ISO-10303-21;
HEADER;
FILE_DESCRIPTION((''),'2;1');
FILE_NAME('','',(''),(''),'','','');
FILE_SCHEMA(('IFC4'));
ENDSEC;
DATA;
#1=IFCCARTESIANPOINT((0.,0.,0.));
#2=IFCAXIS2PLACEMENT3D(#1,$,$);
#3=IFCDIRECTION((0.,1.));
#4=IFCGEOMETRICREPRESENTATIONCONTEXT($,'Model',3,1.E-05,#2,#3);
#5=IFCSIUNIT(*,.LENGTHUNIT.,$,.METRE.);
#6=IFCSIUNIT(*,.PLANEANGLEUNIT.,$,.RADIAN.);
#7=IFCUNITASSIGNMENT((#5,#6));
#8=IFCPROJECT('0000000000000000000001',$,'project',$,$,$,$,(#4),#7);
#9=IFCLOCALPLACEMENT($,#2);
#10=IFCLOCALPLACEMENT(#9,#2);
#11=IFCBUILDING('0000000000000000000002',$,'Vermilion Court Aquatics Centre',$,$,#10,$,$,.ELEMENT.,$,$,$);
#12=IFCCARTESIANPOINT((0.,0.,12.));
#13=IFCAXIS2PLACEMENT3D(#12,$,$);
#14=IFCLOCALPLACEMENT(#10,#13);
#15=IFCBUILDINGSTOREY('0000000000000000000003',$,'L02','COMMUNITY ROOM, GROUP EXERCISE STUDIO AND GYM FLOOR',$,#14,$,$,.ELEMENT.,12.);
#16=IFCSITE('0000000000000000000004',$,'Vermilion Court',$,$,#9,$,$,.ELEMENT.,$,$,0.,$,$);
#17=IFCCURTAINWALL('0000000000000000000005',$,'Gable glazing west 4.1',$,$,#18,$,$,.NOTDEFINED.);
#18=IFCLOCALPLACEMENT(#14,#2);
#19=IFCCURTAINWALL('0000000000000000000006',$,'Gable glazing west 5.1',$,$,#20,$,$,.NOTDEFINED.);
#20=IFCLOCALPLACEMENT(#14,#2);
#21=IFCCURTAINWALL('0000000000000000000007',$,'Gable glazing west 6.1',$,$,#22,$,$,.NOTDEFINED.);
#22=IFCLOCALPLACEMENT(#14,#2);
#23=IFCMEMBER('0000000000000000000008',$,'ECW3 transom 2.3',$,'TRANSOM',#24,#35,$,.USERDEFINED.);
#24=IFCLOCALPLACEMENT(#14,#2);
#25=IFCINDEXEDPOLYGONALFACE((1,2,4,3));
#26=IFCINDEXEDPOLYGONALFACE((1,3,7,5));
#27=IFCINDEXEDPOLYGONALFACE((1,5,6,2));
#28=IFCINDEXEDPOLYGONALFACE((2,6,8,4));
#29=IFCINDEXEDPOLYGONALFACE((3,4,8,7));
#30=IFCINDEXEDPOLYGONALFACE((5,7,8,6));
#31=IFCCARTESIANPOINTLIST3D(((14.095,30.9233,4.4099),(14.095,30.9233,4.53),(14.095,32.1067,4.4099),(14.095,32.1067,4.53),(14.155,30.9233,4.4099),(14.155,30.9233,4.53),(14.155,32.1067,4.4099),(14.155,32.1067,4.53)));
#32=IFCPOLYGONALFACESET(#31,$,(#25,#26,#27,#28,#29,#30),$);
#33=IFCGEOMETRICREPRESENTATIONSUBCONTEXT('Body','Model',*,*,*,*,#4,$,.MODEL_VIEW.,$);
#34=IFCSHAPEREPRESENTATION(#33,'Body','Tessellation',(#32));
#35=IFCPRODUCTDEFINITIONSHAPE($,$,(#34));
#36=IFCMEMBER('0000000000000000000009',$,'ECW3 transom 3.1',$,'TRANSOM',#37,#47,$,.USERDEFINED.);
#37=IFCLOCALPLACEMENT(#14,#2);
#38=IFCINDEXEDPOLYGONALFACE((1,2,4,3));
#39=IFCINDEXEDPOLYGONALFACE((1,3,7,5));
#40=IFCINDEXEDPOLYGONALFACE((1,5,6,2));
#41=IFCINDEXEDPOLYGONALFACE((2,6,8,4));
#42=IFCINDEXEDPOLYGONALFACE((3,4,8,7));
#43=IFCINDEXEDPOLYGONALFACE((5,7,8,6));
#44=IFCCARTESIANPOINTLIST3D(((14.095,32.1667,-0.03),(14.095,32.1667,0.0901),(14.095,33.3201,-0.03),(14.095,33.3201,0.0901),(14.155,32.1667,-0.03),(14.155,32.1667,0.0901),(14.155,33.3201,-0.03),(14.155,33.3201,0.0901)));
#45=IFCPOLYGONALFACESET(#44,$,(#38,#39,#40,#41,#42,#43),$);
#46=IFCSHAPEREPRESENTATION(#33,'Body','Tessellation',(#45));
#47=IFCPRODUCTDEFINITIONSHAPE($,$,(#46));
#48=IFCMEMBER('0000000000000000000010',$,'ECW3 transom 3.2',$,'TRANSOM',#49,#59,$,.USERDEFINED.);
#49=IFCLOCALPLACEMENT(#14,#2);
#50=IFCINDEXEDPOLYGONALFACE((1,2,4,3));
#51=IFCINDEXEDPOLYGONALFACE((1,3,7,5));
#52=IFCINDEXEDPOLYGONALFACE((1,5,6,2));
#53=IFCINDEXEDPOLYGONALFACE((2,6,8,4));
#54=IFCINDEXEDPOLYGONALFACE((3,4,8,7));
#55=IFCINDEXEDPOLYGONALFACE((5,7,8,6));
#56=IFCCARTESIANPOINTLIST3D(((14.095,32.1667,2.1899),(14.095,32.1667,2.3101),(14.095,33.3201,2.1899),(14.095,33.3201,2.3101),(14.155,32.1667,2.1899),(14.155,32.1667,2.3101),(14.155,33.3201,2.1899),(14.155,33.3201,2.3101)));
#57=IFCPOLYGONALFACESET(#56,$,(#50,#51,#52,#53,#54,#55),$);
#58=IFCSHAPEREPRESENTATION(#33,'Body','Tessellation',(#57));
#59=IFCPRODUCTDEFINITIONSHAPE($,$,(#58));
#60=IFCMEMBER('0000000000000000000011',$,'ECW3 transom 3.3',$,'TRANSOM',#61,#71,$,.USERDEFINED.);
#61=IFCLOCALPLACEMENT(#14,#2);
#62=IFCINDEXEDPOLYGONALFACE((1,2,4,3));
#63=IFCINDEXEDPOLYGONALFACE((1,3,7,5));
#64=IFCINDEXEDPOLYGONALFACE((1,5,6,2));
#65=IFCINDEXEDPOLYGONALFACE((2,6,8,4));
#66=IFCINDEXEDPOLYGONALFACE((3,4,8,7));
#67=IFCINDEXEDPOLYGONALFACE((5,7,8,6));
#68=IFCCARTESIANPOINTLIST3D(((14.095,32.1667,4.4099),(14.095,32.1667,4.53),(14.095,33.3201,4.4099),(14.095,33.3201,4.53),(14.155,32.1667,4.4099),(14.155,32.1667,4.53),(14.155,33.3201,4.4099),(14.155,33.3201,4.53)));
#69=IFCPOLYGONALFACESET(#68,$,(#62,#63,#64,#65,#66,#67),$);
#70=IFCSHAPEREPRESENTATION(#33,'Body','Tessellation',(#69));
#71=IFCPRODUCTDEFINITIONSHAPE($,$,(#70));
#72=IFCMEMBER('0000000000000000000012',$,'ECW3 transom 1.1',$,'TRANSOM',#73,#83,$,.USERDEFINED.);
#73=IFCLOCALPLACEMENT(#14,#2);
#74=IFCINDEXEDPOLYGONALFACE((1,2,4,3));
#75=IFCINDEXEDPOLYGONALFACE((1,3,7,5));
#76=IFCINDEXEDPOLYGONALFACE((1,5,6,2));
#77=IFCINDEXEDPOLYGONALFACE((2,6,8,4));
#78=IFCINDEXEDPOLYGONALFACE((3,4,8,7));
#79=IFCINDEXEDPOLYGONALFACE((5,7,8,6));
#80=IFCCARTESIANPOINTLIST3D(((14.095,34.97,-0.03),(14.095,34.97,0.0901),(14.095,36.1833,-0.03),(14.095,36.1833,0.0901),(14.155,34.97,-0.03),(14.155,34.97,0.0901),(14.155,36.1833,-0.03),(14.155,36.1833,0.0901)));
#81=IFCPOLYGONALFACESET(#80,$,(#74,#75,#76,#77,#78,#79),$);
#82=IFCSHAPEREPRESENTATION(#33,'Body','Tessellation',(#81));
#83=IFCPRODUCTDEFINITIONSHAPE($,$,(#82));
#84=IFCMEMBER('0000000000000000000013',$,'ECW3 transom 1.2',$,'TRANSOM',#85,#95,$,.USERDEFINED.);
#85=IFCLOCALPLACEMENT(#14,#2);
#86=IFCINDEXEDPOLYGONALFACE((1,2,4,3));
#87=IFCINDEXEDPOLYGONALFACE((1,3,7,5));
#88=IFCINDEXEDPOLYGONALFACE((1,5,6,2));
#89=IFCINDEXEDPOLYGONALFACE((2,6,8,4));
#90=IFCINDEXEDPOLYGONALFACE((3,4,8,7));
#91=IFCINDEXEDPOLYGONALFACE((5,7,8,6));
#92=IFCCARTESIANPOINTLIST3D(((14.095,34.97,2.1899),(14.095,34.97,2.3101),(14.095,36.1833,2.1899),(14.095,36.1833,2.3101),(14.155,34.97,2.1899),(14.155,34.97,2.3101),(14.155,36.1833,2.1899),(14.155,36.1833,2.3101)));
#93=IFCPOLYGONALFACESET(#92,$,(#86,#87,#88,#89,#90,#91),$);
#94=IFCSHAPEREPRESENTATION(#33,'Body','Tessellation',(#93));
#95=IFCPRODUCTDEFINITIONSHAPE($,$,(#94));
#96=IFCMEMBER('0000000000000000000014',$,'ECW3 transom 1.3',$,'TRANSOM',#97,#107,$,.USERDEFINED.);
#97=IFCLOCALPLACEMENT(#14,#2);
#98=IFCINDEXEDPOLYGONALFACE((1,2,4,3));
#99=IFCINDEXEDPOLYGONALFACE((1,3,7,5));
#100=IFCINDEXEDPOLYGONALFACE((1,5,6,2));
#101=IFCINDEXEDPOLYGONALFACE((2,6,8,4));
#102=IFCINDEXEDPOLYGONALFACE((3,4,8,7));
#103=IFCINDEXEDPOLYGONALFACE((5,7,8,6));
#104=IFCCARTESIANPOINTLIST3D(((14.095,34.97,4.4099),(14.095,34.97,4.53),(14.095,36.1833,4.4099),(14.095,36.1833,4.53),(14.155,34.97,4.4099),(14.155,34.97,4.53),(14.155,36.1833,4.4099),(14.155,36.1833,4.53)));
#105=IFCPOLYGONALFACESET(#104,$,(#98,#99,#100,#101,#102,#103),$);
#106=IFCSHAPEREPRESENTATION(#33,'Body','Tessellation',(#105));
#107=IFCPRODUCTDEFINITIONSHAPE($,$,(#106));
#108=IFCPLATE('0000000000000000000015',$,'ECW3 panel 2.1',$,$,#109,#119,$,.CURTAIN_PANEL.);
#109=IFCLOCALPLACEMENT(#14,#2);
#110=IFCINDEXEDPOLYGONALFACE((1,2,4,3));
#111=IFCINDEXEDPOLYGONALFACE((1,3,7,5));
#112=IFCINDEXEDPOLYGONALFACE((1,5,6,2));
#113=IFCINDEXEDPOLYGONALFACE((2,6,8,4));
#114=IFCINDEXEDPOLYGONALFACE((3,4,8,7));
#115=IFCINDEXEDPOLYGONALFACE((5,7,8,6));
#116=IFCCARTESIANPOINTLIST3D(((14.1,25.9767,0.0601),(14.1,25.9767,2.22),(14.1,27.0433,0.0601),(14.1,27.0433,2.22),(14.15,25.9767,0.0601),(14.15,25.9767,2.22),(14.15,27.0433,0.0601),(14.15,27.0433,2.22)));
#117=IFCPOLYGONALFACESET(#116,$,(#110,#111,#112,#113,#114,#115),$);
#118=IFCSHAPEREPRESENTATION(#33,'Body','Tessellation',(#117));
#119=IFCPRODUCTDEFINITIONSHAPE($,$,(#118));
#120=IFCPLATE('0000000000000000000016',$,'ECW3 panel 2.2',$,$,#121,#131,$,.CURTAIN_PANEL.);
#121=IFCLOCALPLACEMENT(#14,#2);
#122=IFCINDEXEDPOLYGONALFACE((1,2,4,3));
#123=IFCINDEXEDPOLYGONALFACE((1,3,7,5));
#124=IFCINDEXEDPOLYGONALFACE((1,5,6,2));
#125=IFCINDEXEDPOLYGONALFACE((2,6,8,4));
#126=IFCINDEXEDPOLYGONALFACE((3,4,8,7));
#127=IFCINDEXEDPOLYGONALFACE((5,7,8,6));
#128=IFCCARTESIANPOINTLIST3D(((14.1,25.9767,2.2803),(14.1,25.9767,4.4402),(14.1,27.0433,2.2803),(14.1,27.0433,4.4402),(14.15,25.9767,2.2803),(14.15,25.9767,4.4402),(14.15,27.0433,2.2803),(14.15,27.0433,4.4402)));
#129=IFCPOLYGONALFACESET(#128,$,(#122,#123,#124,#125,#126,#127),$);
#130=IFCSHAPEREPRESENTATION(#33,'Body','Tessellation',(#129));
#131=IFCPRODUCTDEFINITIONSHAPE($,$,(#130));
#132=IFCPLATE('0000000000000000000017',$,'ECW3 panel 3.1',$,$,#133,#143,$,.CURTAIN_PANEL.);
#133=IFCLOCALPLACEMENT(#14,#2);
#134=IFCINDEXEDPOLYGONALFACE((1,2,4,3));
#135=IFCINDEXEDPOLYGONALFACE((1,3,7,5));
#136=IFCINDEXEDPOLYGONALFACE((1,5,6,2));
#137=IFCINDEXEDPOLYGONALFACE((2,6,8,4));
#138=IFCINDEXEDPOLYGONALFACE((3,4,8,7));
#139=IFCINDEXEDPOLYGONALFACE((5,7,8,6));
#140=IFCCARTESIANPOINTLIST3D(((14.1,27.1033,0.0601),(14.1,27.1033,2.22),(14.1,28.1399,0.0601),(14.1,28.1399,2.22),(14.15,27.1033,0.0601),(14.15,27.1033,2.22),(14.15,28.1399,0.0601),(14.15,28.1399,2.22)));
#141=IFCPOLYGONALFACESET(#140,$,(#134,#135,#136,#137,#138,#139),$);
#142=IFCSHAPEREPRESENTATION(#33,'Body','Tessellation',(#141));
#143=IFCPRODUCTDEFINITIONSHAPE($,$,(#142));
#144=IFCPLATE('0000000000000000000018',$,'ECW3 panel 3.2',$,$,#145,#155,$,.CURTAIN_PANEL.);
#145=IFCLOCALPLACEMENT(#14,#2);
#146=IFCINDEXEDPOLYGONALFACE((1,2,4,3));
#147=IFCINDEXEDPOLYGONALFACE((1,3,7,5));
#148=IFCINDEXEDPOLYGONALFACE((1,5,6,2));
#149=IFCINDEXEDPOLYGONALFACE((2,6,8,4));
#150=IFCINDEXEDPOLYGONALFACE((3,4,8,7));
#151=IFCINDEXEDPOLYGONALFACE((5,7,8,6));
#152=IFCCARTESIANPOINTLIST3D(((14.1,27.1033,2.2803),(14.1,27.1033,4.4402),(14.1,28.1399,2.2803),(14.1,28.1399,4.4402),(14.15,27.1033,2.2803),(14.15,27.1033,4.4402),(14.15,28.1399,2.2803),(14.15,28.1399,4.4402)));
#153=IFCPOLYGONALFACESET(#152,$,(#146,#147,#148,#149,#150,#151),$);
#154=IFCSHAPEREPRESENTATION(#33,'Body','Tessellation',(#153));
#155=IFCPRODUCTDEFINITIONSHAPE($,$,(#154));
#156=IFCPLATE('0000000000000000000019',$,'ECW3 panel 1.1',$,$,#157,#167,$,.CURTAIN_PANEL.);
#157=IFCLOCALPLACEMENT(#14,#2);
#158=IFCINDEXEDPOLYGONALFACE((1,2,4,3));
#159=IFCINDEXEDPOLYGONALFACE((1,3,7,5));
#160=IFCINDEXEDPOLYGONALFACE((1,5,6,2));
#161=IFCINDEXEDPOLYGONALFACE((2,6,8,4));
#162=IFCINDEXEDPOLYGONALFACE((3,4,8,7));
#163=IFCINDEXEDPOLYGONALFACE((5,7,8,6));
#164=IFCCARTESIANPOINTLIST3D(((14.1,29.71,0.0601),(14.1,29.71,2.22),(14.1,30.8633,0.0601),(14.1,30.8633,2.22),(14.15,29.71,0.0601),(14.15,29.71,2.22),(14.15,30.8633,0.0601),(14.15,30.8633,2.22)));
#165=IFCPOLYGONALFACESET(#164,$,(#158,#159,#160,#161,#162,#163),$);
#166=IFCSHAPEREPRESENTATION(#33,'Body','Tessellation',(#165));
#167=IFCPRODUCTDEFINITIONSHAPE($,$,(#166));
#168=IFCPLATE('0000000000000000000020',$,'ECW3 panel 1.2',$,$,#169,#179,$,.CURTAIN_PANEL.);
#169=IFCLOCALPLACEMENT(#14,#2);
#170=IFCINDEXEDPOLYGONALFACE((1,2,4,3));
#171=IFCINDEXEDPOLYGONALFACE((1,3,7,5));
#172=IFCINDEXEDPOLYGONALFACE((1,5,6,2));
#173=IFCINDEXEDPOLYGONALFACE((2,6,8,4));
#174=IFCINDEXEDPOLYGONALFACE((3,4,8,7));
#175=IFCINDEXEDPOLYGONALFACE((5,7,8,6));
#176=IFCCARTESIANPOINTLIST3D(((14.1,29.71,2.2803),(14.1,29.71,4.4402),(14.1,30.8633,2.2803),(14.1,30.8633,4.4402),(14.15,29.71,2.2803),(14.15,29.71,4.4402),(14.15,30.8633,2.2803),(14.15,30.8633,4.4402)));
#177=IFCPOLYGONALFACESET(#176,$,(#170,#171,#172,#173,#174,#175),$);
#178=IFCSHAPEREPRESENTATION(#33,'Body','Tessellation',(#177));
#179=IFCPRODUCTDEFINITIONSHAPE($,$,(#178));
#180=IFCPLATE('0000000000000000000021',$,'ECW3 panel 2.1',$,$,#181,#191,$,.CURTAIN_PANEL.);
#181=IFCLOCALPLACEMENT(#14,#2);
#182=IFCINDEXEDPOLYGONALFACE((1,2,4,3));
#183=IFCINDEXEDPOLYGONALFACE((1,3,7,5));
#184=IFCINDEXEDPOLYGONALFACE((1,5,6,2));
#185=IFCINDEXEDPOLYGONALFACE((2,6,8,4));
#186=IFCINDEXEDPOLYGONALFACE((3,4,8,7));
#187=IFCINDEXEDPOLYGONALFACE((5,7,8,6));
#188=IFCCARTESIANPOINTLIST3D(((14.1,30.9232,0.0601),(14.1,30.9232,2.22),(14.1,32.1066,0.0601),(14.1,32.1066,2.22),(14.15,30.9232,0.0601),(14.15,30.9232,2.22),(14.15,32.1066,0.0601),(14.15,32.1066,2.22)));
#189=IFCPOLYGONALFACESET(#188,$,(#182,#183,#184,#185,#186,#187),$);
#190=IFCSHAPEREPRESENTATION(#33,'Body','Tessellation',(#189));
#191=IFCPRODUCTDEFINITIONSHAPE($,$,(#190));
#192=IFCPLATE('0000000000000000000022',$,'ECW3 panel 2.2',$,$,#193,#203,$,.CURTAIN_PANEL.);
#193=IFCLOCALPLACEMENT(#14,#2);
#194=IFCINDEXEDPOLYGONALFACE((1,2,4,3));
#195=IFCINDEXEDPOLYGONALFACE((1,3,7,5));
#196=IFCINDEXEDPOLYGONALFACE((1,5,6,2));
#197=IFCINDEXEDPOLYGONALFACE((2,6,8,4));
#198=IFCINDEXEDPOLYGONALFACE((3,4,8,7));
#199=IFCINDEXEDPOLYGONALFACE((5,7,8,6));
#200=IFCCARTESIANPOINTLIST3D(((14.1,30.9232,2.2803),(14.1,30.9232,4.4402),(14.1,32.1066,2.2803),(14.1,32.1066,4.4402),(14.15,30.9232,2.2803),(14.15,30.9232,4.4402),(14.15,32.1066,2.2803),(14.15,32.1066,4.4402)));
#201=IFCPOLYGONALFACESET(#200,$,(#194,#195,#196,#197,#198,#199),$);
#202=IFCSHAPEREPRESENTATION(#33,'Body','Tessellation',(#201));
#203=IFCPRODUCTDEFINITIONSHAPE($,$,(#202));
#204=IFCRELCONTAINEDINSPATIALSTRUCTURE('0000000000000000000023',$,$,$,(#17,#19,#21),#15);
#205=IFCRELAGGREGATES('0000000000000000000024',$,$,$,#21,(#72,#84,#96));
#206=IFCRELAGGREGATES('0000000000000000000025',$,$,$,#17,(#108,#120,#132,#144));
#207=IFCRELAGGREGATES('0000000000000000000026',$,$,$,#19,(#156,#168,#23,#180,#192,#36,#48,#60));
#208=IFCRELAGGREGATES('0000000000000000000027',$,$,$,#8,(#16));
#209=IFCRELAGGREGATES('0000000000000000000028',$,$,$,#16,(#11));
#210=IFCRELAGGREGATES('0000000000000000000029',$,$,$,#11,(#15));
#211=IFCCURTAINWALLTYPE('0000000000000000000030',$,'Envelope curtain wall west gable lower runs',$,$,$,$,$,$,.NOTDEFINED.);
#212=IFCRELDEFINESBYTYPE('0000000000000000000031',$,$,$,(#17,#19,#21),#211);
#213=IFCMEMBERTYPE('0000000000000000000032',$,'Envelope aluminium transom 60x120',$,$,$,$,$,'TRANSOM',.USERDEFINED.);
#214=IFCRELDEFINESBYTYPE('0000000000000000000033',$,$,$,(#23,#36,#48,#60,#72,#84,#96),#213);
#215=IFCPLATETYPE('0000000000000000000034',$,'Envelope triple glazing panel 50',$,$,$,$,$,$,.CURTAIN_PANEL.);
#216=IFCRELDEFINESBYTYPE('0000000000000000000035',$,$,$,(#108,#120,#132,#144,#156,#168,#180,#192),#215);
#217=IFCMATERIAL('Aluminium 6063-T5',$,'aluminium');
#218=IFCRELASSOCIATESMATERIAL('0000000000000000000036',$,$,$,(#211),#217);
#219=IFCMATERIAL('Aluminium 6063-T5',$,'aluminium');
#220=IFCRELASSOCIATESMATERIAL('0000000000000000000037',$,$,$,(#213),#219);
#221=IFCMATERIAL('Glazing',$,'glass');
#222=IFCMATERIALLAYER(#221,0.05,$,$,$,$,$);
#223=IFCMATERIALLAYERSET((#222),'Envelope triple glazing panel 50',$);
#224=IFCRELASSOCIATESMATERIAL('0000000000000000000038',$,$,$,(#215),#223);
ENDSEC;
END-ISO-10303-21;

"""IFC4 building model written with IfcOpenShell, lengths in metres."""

from ifc_helpers import new_model, si_unit, direction, frame, origin, origin_2d, place, context, subcontext, project, spatial, rectangle, extrude, material, layer, layer_set, material_profile, profile_set, type_object, element, aggregate, save


model = new_model("IFC4")

# Units and contexts
model_context = context("Model", 3, precision=1e-05, world=origin(), true_north=direction((0.0, 1.0)))
body_context = subcontext(model_context, "Body", "Model", "MODEL_VIEW")
ifc_project = project(units=[si_unit("LENGTHUNIT", "METRE"), si_unit("PLANEANGLEUNIT", "RADIAN")], contexts=[model_context])

# Site, building, storey
site_placement = place(None, origin())
site = spatial("IfcSite", under=ifc_project, at=site_placement, Name="Vermilion Court", CompositionType="ELEMENT", RefElevation=0.0)
building_placement = place(site_placement, origin())
building = spatial("IfcBuilding", under=site, at=building_placement, Name="Vermilion Court Aquatics Centre", CompositionType="ELEMENT")
storey_placement = place(building_placement, frame((0.0, 0.0, 12.0)))
storey = spatial("IfcBuildingStorey", under=building, at=storey_placement, Name="L02", Description="COMMUNITY ROOM, GROUP EXERCISE STUDIO AND GYM FLOOR", CompositionType="ELEMENT", Elevation=12.0)

# Curtain walls
ifc_material_1 = material(Name="Aluminium 6063-T5", Category="aluminium")
curtain_wall_type = type_object("IfcCurtainWallType", Name="Envelope curtain wall west gable lower runs", PredefinedType="NOTDEFINED", material=ifc_material_1)
curtain_wall_1_placement = place(storey_placement, origin())
curtain_wall_1 = element("IfcCurtainWall", 1, at=curtain_wall_1_placement, inside=storey, type_object=curtain_wall_type, Name="Gable glazing west 4.1", PredefinedType="NOTDEFINED")
curtain_wall_2_placement = place(storey_placement, origin())
curtain_wall_2 = element("IfcCurtainWall", 2, at=curtain_wall_2_placement, inside=storey, type_object=curtain_wall_type, Name="Gable glazing west 5.1", PredefinedType="NOTDEFINED")

# Curtain wall
curtain_wall_3_placement = place(storey_placement, origin())
curtain_wall_3 = element("IfcCurtainWall", 3, at=curtain_wall_3_placement, inside=storey, type_object=curtain_wall_type, Name="Gable glazing west 6.1", PredefinedType="NOTDEFINED")

# Members
ifc_material_2 = material(Name="Aluminium 6063-T5", Category="aluminium")
ifc_material_profile_1 = material_profile(ifc_material_2, rectangle(XDim=0.0601, YDim=0.1201, at=origin_2d()), Name="AL 60x120")
ifc_profile_set_1 = profile_set([ifc_material_profile_1], Name="Aluminium 6063-T5")
member_type_1 = type_object("IfcMemberType", Name="Envelope aluminium transom 60x120", ElementType="TRANSOM", PredefinedType="USERDEFINED", material=ifc_profile_set_1)
member_1_placement = place(storey_placement, frame((14.125, 30.9233, 4.47), z_axis=(0.0, 1.0, 0.0), x_axis=(-1.0, 0.0, 0.0)))
member_1 = element("IfcMember", 4, at=member_1_placement, type_object=member_type_1, Name="ECW3 transom 2.3", ObjectType="TRANSOM", PredefinedType="USERDEFINED", context=body_context, shape_type="SweptSolid", body=[
    extrude(rectangle(XDim=0.0601, YDim=0.1201, at=origin_2d()), origin(), (0.0, 0.0, 1.0), 1.1833),
])
member_2_placement = place(storey_placement, frame((14.125, 32.1667, 0.03), z_axis=(0.0, 1.0, 0.0), x_axis=(-1.0, 0.0, 0.0)))
member_2 = element("IfcMember", 5, at=member_2_placement, type_object=member_type_1, Name="ECW3 transom 3.1", ObjectType="TRANSOM", PredefinedType="USERDEFINED", context=body_context, shape_type="SweptSolid", body=[
    extrude(rectangle(XDim=0.0601, YDim=0.1201, at=origin_2d()), origin(), (0.0, 0.0, 1.0), 1.1533),
])
member_3_placement = place(storey_placement, frame((14.125, 32.1667, 2.25), z_axis=(0.0, 1.0, 0.0), x_axis=(-1.0, 0.0, 0.0)))
member_3 = element("IfcMember", 6, at=member_3_placement, type_object=member_type_1, Name="ECW3 transom 3.2", ObjectType="TRANSOM", PredefinedType="USERDEFINED", context=body_context, shape_type="SweptSolid", body=[
    extrude(rectangle(XDim=0.0601, YDim=0.1201, at=origin_2d()), origin(), (0.0, 0.0, 1.0), 1.1533),
])
member_4_placement = place(storey_placement, frame((14.125, 32.1667, 4.47), z_axis=(0.0, 1.0, 0.0), x_axis=(-1.0, 0.0, 0.0)))
member_4 = element("IfcMember", 7, at=member_4_placement, type_object=member_type_1, Name="ECW3 transom 3.3", ObjectType="TRANSOM", PredefinedType="USERDEFINED", context=body_context, shape_type="SweptSolid", body=[
    extrude(rectangle(XDim=0.0601, YDim=0.1201, at=origin_2d()), origin(), (0.0, 0.0, 1.0), 1.1533),
])
member_5_placement = place(storey_placement, frame((14.125, 34.97, 0.03), z_axis=(0.0, 1.0, 0.0), x_axis=(-1.0, 0.0, 0.0)))
member_5 = element("IfcMember", 8, at=member_5_placement, type_object=member_type_1, Name="ECW3 transom 1.1", ObjectType="TRANSOM", PredefinedType="USERDEFINED", context=body_context, shape_type="SweptSolid", body=[
    extrude(rectangle(XDim=0.0601, YDim=0.1201, at=origin_2d()), origin(), (0.0, 0.0, 1.0), 1.2134),
])
member_6_placement = place(storey_placement, frame((14.125, 34.97, 2.25), z_axis=(0.0, 1.0, 0.0), x_axis=(-1.0, 0.0, 0.0)))
member_6 = element("IfcMember", 9, at=member_6_placement, type_object=member_type_1, Name="ECW3 transom 1.2", ObjectType="TRANSOM", PredefinedType="USERDEFINED", context=body_context, shape_type="SweptSolid", body=[
    extrude(rectangle(XDim=0.0601, YDim=0.1201, at=origin_2d()), origin(), (0.0, 0.0, 1.0), 1.2134),
])
member_7_placement = place(storey_placement, frame((14.125, 34.97, 4.47), z_axis=(0.0, 1.0, 0.0), x_axis=(-1.0, 0.0, 0.0)))
member_7 = element("IfcMember", 10, at=member_7_placement, type_object=member_type_1, Name="ECW3 transom 1.3", ObjectType="TRANSOM", PredefinedType="USERDEFINED", context=body_context, shape_type="SweptSolid", body=[
    extrude(rectangle(XDim=0.0601, YDim=0.1201, at=origin_2d()), origin(), (0.0, 0.0, 1.0), 1.2134),
])
aggregate(curtain_wall_3, [member_5, member_6, member_7])

# Plates
ifc_material_3 = material(Name="Glazing", Category="glass")
ifc_layer_1 = layer(ifc_material_3, 0.05)
ifc_layer_set_1 = layer_set([ifc_layer_1], Name="Envelope triple glazing panel 50")
plate_type = type_object("IfcPlateType", Name="Envelope triple glazing panel 50", PredefinedType="CURTAIN_PANEL", material=ifc_layer_set_1)
plate_1_placement = place(storey_placement, frame((14.125, 26.51, 0.0601), z_axis=(0.0, 0.0, 1.0), x_axis=(0.0, 1.0, 0.0)))
plate_1 = element("IfcPlate", 11, at=plate_1_placement, type_object=plate_type, Name="ECW3 panel 2.1", PredefinedType="CURTAIN_PANEL", context=body_context, shape_type="SweptSolid", body=[
    extrude(rectangle(XDim=1.0667, YDim=0.05, at=origin_2d()), origin(), (0.0, 0.0, 1.0), 2.1599),
])
plate_2_placement = place(storey_placement, frame((14.125, 26.51, 2.2803), z_axis=(0.0, 0.0, 1.0), x_axis=(0.0, 1.0, 0.0)))
plate_2 = element("IfcPlate", 12, at=plate_2_placement, type_object=plate_type, Name="ECW3 panel 2.2", PredefinedType="CURTAIN_PANEL", context=body_context, shape_type="SweptSolid", body=[
    extrude(rectangle(XDim=1.0667, YDim=0.05, at=origin_2d()), origin(), (0.0, 0.0, 1.0), 2.1599),
])
plate_3_placement = place(storey_placement, frame((14.125, 27.6216, 0.0601), z_axis=(0.0, 0.0, 1.0), x_axis=(0.0, 1.0, 0.0)))
plate_3 = element("IfcPlate", 13, at=plate_3_placement, type_object=plate_type, Name="ECW3 panel 3.1", PredefinedType="CURTAIN_PANEL", context=body_context, shape_type="SweptSolid", body=[
    extrude(rectangle(XDim=1.0366, YDim=0.05, at=origin_2d()), origin(), (0.0, 0.0, 1.0), 2.1599),
])
plate_4_placement = place(storey_placement, frame((14.125, 27.6216, 2.2803), z_axis=(0.0, 0.0, 1.0), x_axis=(0.0, 1.0, 0.0)))
plate_4 = element("IfcPlate", 14, at=plate_4_placement, type_object=plate_type, Name="ECW3 panel 3.2", PredefinedType="CURTAIN_PANEL", context=body_context, shape_type="SweptSolid", body=[
    extrude(rectangle(XDim=1.0366, YDim=0.05, at=origin_2d()), origin(), (0.0, 0.0, 1.0), 2.1599),
])
aggregate(curtain_wall_1, [plate_1, plate_2, plate_3, plate_4])
plate_5_placement = place(storey_placement, frame((14.125, 30.2866, 0.0601), z_axis=(0.0, 0.0, 1.0), x_axis=(0.0, 1.0, 0.0)))
plate_5 = element("IfcPlate", 15, at=plate_5_placement, type_object=plate_type, Name="ECW3 panel 1.1", PredefinedType="CURTAIN_PANEL", context=body_context, shape_type="SweptSolid", body=[
    extrude(rectangle(XDim=1.1533, YDim=0.05, at=origin_2d()), origin(), (0.0, 0.0, 1.0), 2.1599),
])
plate_6_placement = place(storey_placement, frame((14.125, 30.2866, 2.2803), z_axis=(0.0, 0.0, 1.0), x_axis=(0.0, 1.0, 0.0)))
plate_6 = element("IfcPlate", 16, at=plate_6_placement, type_object=plate_type, Name="ECW3 panel 1.2", PredefinedType="CURTAIN_PANEL", context=body_context, shape_type="SweptSolid", body=[
    extrude(rectangle(XDim=1.1533, YDim=0.05, at=origin_2d()), origin(), (0.0, 0.0, 1.0), 2.1599),
])
plate_7_placement = place(storey_placement, frame((14.125, 31.5149, 0.0601), z_axis=(0.0, 0.0, 1.0), x_axis=(0.0, 1.0, 0.0)))
plate_7 = element("IfcPlate", 17, at=plate_7_placement, type_object=plate_type, Name="ECW3 panel 2.1", PredefinedType="CURTAIN_PANEL", context=body_context, shape_type="SweptSolid", body=[
    extrude(rectangle(XDim=1.1833, YDim=0.05, at=origin_2d()), origin(), (0.0, 0.0, 1.0), 2.1599),
])
plate_8_placement = place(storey_placement, frame((14.125, 31.5149, 2.2803), z_axis=(0.0, 0.0, 1.0), x_axis=(0.0, 1.0, 0.0)))
plate_8 = element("IfcPlate", 18, at=plate_8_placement, type_object=plate_type, Name="ECW3 panel 2.2", PredefinedType="CURTAIN_PANEL", context=body_context, shape_type="SweptSolid", body=[
    extrude(rectangle(XDim=1.1833, YDim=0.05, at=origin_2d()), origin(), (0.0, 0.0, 1.0), 2.1599),
])
aggregate(curtain_wall_2, [plate_5, plate_6, member_1, plate_7, plate_8, member_2, member_3, member_4])

save(model, "model.ifc")
